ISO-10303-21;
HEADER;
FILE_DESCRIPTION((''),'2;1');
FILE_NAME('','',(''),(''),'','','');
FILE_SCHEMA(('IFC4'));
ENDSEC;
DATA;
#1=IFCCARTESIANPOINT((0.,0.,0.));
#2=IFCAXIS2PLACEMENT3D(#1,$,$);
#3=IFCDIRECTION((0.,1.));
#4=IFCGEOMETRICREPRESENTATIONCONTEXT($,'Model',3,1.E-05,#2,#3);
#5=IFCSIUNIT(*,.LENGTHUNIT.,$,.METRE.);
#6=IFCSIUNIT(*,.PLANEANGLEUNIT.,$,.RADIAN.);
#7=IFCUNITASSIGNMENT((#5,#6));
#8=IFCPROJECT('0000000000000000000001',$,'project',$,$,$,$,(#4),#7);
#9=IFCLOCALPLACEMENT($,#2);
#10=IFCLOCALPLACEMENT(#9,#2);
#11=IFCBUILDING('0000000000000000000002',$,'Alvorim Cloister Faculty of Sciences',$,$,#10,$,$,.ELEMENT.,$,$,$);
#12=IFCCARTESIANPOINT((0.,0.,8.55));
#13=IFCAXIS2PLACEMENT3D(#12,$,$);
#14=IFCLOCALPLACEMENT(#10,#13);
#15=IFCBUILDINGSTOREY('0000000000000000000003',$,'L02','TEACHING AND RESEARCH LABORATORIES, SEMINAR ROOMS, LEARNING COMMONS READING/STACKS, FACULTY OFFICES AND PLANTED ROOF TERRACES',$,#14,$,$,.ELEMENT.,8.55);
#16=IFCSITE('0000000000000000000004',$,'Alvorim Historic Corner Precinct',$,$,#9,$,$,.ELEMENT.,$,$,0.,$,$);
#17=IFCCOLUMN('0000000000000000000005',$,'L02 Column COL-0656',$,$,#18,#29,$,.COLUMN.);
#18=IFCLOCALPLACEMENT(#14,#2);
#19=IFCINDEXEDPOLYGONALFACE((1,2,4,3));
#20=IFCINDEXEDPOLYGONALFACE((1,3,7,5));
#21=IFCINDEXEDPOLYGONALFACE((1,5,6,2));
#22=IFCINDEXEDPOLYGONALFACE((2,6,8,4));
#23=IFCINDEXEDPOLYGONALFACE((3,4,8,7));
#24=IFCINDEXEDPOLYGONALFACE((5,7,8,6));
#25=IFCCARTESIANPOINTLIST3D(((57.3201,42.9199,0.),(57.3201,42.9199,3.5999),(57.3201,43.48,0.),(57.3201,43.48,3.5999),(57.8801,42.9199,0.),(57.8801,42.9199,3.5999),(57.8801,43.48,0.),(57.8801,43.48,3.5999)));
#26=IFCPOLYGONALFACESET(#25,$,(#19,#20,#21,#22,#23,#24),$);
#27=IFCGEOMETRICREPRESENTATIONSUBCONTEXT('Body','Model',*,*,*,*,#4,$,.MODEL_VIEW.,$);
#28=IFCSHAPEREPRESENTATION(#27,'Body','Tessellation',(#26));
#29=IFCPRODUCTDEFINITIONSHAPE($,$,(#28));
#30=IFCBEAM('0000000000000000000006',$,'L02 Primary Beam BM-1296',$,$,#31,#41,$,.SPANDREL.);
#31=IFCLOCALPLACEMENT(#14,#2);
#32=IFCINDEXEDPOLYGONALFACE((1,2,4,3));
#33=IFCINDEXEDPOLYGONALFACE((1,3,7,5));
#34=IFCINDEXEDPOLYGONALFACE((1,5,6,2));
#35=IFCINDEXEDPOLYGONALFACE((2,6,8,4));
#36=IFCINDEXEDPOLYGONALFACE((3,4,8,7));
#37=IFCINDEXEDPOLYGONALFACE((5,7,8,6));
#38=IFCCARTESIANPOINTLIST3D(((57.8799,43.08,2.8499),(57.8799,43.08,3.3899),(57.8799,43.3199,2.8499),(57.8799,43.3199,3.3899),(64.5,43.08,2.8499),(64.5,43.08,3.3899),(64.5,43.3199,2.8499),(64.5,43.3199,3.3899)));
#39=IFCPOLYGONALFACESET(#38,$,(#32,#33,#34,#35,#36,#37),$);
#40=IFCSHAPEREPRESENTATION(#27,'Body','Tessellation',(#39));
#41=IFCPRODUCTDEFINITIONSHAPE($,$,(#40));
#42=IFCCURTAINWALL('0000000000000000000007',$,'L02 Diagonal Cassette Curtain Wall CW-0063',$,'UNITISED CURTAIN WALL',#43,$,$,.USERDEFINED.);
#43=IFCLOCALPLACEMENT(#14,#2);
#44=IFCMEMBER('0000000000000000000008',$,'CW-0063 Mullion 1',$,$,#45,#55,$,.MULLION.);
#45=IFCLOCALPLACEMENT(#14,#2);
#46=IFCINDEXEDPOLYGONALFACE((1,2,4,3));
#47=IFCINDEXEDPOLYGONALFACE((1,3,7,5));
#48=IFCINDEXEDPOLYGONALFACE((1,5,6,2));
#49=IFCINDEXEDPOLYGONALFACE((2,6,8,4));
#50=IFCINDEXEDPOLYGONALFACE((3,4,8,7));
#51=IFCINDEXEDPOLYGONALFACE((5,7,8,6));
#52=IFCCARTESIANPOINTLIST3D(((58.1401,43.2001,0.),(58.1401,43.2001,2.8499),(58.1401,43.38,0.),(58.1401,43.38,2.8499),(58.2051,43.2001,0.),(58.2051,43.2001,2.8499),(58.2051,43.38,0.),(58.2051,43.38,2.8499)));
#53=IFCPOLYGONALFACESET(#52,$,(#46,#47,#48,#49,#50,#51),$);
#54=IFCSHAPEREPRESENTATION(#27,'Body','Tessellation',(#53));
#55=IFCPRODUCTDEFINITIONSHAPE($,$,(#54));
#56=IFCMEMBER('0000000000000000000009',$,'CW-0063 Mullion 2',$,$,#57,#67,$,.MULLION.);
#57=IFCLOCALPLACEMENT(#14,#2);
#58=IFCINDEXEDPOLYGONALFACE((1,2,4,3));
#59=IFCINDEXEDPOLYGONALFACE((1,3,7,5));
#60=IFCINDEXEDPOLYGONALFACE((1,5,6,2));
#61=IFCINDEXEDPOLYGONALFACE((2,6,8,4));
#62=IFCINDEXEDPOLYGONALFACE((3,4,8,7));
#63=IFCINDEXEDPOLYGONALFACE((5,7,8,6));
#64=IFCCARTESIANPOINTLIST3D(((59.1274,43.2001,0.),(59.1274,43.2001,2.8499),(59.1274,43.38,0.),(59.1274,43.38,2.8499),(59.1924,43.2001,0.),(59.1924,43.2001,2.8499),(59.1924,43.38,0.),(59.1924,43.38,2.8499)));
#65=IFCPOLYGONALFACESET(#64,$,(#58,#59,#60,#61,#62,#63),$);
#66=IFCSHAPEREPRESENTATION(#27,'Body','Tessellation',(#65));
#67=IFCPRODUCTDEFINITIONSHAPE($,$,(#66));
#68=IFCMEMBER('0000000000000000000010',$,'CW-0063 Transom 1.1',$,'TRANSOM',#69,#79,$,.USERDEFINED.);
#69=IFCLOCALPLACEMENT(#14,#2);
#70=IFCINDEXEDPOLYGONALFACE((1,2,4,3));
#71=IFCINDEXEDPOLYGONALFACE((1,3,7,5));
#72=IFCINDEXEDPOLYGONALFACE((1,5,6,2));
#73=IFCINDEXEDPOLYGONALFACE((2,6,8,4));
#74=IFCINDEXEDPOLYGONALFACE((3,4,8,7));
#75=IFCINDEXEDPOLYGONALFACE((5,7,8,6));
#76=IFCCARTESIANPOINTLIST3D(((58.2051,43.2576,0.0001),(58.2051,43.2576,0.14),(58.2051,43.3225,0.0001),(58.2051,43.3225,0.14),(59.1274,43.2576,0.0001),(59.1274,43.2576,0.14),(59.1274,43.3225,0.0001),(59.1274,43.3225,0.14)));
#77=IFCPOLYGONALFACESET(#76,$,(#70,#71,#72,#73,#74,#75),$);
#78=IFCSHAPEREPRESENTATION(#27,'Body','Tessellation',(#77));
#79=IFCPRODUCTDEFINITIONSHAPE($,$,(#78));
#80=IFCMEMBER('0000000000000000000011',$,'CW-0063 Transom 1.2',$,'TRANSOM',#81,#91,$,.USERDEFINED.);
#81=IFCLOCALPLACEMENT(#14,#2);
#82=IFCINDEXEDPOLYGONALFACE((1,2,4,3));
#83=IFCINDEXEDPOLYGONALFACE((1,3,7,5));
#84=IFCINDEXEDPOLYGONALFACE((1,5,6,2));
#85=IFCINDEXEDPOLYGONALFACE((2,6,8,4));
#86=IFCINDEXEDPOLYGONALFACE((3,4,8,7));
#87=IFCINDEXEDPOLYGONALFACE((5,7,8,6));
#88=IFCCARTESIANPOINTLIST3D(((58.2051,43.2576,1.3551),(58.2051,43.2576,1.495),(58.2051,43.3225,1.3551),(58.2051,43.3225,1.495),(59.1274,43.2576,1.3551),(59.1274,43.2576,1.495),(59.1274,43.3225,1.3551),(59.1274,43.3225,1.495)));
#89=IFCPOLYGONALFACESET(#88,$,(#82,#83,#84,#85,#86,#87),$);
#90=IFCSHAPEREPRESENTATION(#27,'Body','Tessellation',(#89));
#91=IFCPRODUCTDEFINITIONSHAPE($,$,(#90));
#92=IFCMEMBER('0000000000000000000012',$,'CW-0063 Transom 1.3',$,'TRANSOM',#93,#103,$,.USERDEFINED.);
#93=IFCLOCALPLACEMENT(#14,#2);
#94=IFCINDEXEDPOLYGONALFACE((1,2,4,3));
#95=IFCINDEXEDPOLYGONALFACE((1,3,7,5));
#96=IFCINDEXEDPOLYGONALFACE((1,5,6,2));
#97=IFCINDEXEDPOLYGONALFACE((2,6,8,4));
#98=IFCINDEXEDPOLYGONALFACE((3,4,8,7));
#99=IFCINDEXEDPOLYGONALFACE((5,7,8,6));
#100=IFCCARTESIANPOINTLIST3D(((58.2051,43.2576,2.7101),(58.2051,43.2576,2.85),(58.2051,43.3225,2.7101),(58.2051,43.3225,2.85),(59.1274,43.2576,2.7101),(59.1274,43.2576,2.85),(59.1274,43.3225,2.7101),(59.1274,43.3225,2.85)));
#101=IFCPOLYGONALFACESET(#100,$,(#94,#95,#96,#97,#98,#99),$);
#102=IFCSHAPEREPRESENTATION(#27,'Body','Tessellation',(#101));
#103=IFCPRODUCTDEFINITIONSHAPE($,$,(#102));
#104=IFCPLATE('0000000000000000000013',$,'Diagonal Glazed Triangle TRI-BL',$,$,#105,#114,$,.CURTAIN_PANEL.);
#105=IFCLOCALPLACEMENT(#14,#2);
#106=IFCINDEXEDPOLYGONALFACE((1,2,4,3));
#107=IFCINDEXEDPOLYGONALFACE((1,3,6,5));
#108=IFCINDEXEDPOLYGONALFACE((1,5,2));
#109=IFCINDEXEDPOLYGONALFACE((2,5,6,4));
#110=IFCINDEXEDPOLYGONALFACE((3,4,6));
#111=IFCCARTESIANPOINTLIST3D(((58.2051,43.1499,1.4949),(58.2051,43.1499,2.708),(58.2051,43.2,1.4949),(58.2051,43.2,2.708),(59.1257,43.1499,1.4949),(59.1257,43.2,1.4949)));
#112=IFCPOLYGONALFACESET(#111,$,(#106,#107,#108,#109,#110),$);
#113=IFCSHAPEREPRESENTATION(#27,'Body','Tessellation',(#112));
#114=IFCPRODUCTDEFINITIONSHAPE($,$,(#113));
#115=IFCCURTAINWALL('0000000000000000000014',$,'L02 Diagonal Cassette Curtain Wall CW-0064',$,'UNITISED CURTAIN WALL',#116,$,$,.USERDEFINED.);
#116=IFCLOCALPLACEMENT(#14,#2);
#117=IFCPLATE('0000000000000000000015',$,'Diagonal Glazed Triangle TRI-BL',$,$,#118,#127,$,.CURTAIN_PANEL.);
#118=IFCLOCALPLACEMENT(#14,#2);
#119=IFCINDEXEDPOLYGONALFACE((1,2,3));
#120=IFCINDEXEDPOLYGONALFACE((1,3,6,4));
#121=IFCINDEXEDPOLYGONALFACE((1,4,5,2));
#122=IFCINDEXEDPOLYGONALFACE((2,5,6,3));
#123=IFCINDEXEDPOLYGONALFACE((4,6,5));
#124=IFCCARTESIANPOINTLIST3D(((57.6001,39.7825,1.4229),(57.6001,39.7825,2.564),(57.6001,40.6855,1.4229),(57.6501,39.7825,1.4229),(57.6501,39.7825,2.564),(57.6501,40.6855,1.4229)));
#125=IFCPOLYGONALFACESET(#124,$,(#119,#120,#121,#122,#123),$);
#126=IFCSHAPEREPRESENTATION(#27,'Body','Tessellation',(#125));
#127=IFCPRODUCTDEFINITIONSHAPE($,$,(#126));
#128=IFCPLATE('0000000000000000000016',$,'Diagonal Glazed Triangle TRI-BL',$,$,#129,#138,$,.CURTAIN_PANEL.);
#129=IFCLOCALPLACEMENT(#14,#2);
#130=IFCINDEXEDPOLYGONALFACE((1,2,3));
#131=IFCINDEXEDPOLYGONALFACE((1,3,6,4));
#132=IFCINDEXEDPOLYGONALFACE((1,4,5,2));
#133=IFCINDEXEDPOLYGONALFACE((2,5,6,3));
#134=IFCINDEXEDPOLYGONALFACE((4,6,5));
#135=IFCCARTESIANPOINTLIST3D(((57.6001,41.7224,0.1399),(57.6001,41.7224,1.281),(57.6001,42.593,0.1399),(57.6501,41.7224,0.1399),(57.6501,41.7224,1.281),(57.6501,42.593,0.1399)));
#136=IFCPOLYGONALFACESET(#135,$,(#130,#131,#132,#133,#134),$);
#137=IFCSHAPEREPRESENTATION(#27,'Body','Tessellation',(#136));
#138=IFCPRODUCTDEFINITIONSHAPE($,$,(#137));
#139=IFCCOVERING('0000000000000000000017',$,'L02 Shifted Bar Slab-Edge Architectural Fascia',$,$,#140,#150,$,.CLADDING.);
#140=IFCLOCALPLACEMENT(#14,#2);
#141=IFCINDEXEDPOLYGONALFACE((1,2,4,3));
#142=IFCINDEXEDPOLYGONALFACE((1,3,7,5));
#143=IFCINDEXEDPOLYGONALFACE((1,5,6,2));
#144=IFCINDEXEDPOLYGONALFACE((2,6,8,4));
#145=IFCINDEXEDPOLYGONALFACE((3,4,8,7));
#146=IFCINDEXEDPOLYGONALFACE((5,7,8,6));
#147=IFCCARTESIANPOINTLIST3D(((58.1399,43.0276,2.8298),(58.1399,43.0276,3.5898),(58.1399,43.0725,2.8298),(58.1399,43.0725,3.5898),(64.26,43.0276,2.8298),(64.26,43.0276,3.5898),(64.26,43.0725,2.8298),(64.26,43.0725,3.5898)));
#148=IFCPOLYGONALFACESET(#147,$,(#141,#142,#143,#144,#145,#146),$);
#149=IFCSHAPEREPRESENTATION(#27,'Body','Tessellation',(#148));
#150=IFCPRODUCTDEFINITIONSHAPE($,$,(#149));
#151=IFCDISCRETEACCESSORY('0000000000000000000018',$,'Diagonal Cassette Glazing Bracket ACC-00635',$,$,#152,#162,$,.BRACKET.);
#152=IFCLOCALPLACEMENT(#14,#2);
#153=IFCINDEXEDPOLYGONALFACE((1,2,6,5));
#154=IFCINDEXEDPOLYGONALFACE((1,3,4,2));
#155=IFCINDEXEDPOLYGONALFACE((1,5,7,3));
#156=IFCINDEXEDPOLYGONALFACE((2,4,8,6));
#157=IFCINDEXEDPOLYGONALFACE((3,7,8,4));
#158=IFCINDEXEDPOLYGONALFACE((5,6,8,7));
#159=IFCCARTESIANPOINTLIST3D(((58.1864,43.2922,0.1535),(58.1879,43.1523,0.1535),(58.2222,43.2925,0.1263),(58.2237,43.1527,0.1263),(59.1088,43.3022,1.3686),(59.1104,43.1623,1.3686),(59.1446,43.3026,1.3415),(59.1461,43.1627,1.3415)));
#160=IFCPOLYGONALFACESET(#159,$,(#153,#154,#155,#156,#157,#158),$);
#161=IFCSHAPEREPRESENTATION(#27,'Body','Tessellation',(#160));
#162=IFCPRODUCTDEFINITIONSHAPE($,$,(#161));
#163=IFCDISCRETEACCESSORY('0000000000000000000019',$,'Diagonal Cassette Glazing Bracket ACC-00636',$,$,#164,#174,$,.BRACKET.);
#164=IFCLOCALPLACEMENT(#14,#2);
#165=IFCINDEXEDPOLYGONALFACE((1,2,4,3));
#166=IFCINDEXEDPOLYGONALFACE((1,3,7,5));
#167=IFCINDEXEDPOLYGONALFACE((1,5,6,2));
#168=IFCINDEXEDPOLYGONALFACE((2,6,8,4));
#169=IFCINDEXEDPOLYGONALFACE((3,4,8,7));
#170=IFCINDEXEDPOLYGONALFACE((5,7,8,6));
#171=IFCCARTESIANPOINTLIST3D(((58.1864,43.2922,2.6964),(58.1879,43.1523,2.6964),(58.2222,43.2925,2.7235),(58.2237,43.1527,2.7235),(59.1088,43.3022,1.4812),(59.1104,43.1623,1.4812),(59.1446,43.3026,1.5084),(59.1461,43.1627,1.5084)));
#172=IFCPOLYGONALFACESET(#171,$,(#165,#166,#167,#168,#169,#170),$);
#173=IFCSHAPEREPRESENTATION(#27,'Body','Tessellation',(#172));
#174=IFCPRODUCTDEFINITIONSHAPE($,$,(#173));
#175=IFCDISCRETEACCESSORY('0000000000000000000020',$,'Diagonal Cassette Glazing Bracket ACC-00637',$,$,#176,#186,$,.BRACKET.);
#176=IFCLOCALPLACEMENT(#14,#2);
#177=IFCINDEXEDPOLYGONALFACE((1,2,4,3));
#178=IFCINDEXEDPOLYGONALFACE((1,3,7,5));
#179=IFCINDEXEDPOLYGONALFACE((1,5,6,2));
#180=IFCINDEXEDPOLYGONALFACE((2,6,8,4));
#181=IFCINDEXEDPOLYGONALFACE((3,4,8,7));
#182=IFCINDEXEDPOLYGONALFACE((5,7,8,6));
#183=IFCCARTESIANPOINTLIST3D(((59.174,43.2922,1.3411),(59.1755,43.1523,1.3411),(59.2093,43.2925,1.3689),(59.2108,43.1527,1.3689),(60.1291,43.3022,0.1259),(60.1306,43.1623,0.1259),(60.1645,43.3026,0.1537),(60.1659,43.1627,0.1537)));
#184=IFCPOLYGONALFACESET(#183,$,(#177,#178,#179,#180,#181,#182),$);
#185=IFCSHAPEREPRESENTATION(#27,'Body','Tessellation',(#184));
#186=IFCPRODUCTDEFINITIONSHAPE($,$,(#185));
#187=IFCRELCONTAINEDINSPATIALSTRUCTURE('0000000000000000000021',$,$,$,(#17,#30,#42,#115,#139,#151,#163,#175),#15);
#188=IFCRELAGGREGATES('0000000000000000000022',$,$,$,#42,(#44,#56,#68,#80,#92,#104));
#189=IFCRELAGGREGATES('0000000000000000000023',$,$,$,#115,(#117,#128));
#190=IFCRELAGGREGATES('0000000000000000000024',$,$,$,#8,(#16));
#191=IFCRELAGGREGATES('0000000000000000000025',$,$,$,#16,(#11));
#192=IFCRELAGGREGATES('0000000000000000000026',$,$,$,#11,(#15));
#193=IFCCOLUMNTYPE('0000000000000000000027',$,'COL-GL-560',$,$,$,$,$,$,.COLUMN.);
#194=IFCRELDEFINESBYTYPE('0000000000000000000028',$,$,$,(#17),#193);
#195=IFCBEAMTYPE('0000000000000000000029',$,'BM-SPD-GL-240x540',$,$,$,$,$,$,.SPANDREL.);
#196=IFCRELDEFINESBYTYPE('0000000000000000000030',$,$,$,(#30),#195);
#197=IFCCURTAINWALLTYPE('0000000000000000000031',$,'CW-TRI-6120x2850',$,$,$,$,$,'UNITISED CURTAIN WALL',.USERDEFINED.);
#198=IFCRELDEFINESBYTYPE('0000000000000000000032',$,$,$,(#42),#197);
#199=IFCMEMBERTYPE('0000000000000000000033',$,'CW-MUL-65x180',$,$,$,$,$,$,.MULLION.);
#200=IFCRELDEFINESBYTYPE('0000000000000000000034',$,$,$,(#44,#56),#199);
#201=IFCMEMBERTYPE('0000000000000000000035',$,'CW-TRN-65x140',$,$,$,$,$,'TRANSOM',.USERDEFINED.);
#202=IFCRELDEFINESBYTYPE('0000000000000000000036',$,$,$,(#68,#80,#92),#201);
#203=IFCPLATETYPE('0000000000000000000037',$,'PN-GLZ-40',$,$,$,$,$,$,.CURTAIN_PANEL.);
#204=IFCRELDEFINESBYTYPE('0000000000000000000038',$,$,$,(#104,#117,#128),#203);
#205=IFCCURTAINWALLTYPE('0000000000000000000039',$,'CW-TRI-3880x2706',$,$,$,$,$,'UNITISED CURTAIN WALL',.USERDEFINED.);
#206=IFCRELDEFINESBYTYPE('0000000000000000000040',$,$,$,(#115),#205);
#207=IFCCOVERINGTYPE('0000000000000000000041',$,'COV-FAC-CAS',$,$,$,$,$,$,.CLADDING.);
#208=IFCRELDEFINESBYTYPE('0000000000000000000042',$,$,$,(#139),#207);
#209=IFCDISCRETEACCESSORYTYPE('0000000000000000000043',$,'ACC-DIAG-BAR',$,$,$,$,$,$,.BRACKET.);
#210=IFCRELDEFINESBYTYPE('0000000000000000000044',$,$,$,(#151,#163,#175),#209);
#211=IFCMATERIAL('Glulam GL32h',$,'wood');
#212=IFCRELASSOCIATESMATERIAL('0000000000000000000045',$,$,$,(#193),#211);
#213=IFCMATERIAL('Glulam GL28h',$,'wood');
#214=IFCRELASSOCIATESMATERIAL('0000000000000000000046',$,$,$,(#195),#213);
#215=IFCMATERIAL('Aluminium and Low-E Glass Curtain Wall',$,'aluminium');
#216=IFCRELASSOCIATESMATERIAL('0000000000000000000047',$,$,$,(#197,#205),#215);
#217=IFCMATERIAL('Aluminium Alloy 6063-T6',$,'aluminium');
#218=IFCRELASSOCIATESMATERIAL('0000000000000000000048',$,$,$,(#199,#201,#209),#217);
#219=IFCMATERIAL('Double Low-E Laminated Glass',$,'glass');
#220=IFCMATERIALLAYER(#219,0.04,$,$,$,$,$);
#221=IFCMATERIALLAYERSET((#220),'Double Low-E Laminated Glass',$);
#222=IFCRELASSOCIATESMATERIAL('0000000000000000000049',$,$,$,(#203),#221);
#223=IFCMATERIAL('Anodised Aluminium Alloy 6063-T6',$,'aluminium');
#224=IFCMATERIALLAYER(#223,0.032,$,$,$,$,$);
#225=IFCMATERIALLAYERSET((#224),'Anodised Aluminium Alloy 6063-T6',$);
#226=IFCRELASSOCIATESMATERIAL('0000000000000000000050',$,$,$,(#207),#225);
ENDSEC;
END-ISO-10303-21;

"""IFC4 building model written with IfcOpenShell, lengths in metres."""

from ifc_helpers import new_model, si_unit, direction, frame, origin, origin_2d, place, context, subcontext, project, spatial, polyline, rectangle, outline, extrude, material, layer, layer_set, material_profile, profile_set, type_object, element, aggregate, save


model = new_model("IFC4")

# Units and contexts
model_context = context("Model", 3, precision=1e-05, world=origin(), true_north=direction((0.0, 1.0)))
body_context = subcontext(model_context, "Body", "Model", "MODEL_VIEW")
ifc_project = project(units=[si_unit("LENGTHUNIT", "METRE"), si_unit("PLANEANGLEUNIT", "RADIAN")], contexts=[model_context])

# Site, building, storey
site_placement = place(None, origin())
site = spatial("IfcSite", under=ifc_project, at=site_placement, Name="Alvorim Historic Corner Precinct", CompositionType="ELEMENT", RefElevation=0.0)
building_placement = place(site_placement, origin())
building = spatial("IfcBuilding", under=site, at=building_placement, Name="Alvorim Cloister Faculty of Sciences", CompositionType="ELEMENT")
storey_placement = place(building_placement, frame((0.0, 0.0, 8.55)))
storey = spatial("IfcBuildingStorey", under=building, at=storey_placement, Name="L02", Description="TEACHING AND RESEARCH LABORATORIES, SEMINAR ROOMS, LEARNING COMMONS READING/STACKS, FACULTY OFFICES AND PLANTED ROOF TERRACES", CompositionType="ELEMENT", Elevation=8.55)

# Column
ifc_material_1 = material(Name="Glulam GL32h", Category="wood")
ifc_material_profile_1 = material_profile(ifc_material_1, rectangle(XDim=0.5601, YDim=0.5601, at=origin_2d()), Name="GL32-COL-560x560")
ifc_profile_set_1 = profile_set([ifc_material_profile_1], Name="Glulam GL32h")
column_type = type_object("IfcColumnType", Name="COL-GL-560", PredefinedType="COLUMN", material=ifc_profile_set_1)
column_placement = place(storey_placement, frame((57.6001, 43.2, 0.0), z_axis=(0.0, 0.0, 1.0), x_axis=(1.0, 0.0, 0.0)))
element("IfcColumn", 1, at=column_placement, inside=storey, type_object=column_type, Name="L02 Column COL-0656", PredefinedType="COLUMN", context=body_context, shape_type="SweptSolid", body=[
    extrude(rectangle(XDim=0.5601, YDim=0.5601, at=origin_2d()), origin(), (0.0, 0.0, 1.0), 3.5999),
])

# Beam
ifc_material_2 = material(Name="Glulam GL28h", Category="wood")
ifc_material_profile_2 = material_profile(ifc_material_2, rectangle(XDim=0.24, YDim=0.54, at=origin_2d()), Name="GL28-SPD-240x540")
ifc_profile_set_2 = profile_set([ifc_material_profile_2], Name="Glulam GL28h")
beam_type = type_object("IfcBeamType", Name="BM-SPD-GL-240x540", PredefinedType="SPANDREL", material=ifc_profile_set_2)
beam_placement = place(storey_placement, frame((57.8799, 43.2, 3.1199), z_axis=(1.0, 0.0, 0.0), x_axis=(0.0, 1.0, 0.0)))
element("IfcBeam", 2, at=beam_placement, inside=storey, type_object=beam_type, Name="L02 Primary Beam BM-1296", PredefinedType="SPANDREL", context=body_context, shape_type="SweptSolid", body=[
    extrude(rectangle(XDim=0.24, YDim=0.54, at=origin_2d()), origin(), (0.0, 0.0, 1.0), 6.6201),
])

# Curtain wall, members, plate
ifc_material_3 = material(Name="Aluminium and Low-E Glass Curtain Wall", Category="aluminium")
curtain_wall_type_1 = type_object("IfcCurtainWallType", Name="CW-TRI-6120x2850", ElementType="UNITISED CURTAIN WALL", PredefinedType="USERDEFINED", material=ifc_material_3)
curtain_wall_1_placement = place(storey_placement, origin())
curtain_wall_1 = element("IfcCurtainWall", 3, at=curtain_wall_1_placement, inside=storey, type_object=curtain_wall_type_1, Name="L02 Diagonal Cassette Curtain Wall CW-0063", ObjectType="UNITISED CURTAIN WALL", PredefinedType="USERDEFINED")
ifc_material_4 = material(Name="Aluminium Alloy 6063-T6", Category="aluminium")
ifc_material_profile_3 = material_profile(ifc_material_4, rectangle(XDim=0.0649, YDim=0.1799, at=origin_2d()), Name="ALU-MUL-65x180")
ifc_profile_set_3 = profile_set([ifc_material_profile_3], Name="Aluminium Alloy 6063-T6")
member_type_1 = type_object("IfcMemberType", Name="CW-MUL-65x180", PredefinedType="MULLION", material=ifc_profile_set_3)
member_1_placement = place(storey_placement, frame((58.1726, 43.29, 0.0), z_axis=(0.0, 0.0, 1.0), x_axis=(1.0, 0.0, 0.0)))
member_1 = element("IfcMember", 4, at=member_1_placement, type_object=member_type_1, Name="CW-0063 Mullion 1", PredefinedType="MULLION", context=body_context, shape_type="SweptSolid", body=[
    extrude(rectangle(XDim=0.0649, YDim=0.1799, at=origin_2d()), origin(), (0.0, 0.0, 1.0), 2.8499),
])
member_2_placement = place(storey_placement, frame((59.1599, 43.29, 0.0), z_axis=(0.0, 0.0, 1.0), x_axis=(1.0, 0.0, 0.0)))
member_2 = element("IfcMember", 5, at=member_2_placement, type_object=member_type_1, Name="CW-0063 Mullion 2", PredefinedType="MULLION", context=body_context, shape_type="SweptSolid", body=[
    extrude(rectangle(XDim=0.0649, YDim=0.1799, at=origin_2d()), origin(), (0.0, 0.0, 1.0), 2.8499),
])
ifc_material_profile_4 = material_profile(ifc_material_4, rectangle(XDim=0.0649, YDim=0.1399, at=origin_2d()), Name="ALU-TRN-65x140")
ifc_profile_set_4 = profile_set([ifc_material_profile_4], Name="Aluminium Alloy 6063-T6")
member_type_2 = type_object("IfcMemberType", Name="CW-TRN-65x140", ElementType="TRANSOM", PredefinedType="USERDEFINED", material=ifc_profile_set_4)
member_3_placement = place(storey_placement, frame((58.2051, 43.29, 0.0701), z_axis=(1.0, 0.0, 0.0), x_axis=(0.0, 1.0, 0.0)))
member_3 = element("IfcMember", 6, at=member_3_placement, type_object=member_type_2, Name="CW-0063 Transom 1.1", ObjectType="TRANSOM", PredefinedType="USERDEFINED", context=body_context, shape_type="SweptSolid", body=[
    extrude(rectangle(XDim=0.0649, YDim=0.1399, at=origin_2d()), origin(), (0.0, 0.0, 1.0), 0.9224),
])
member_4_placement = place(storey_placement, frame((58.2051, 43.29, 1.425), z_axis=(1.0, 0.0, 0.0), x_axis=(0.0, 1.0, 0.0)))
member_4 = element("IfcMember", 7, at=member_4_placement, type_object=member_type_2, Name="CW-0063 Transom 1.2", ObjectType="TRANSOM", PredefinedType="USERDEFINED", context=body_context, shape_type="SweptSolid", body=[
    extrude(rectangle(XDim=0.0649, YDim=0.1399, at=origin_2d()), origin(), (0.0, 0.0, 1.0), 0.9224),
])
member_5_placement = place(storey_placement, frame((58.2051, 43.29, 2.78), z_axis=(1.0, 0.0, 0.0), x_axis=(0.0, 1.0, 0.0)))
member_5 = element("IfcMember", 8, at=member_5_placement, type_object=member_type_2, Name="CW-0063 Transom 1.3", ObjectType="TRANSOM", PredefinedType="USERDEFINED", context=body_context, shape_type="SweptSolid", body=[
    extrude(rectangle(XDim=0.0649, YDim=0.1399, at=origin_2d()), origin(), (0.0, 0.0, 1.0), 0.9224),
])
ifc_material_5 = material(Name="Double Low-E Laminated Glass", Category="glass")
ifc_layer_1 = layer(ifc_material_5, 0.04)
ifc_layer_set_1 = layer_set([ifc_layer_1], Name="Double Low-E Laminated Glass")
plate_type = type_object("IfcPlateType", Name="PN-GLZ-40", PredefinedType="CURTAIN_PANEL", material=ifc_layer_set_1)
plate_1_placement = place(storey_placement, frame((58.2051, 43.175, 1.4949), z_axis=(0.0, 0.0, 1.0), x_axis=(1.0, 0.0, 0.0)))
plate_1 = element("IfcPlate", 9, at=plate_1_placement, type_object=plate_type, Name="Diagonal Glazed Triangle TRI-BL", PredefinedType="CURTAIN_PANEL", context=body_context, shape_type="SweptSolid", body=[
    extrude(outline(polyline([(0.0, 0.0), (0.9207, 0.0), (0.0, 1.2131), (0.0, 0.0)])), frame((0.0, 0.0249, 0.0), z_axis=(0.0, -1.0, 0.0), x_axis=(1.0, 0.0, 0.0)), (0.0, 0.0, 1.0), 0.05),
])
aggregate(curtain_wall_1, [member_1, member_2, member_3, member_4, member_5, plate_1])

# Curtain wall, plates
curtain_wall_type_2 = type_object("IfcCurtainWallType", Name="CW-TRI-3880x2706", ElementType="UNITISED CURTAIN WALL", PredefinedType="USERDEFINED", material=ifc_material_3)
curtain_wall_2_placement = place(storey_placement, origin())
curtain_wall_2 = element("IfcCurtainWall", 10, at=curtain_wall_2_placement, inside=storey, type_object=curtain_wall_type_2, Name="L02 Diagonal Cassette Curtain Wall CW-0064", ObjectType="UNITISED CURTAIN WALL", PredefinedType="USERDEFINED")
plate_2_placement = place(storey_placement, frame((57.625, 39.7825, 1.4229), z_axis=(0.0, 0.0, 1.0), x_axis=(0.0, 1.0, 0.0)))
plate_2 = element("IfcPlate", 11, at=plate_2_placement, type_object=plate_type, Name="Diagonal Glazed Triangle TRI-BL", PredefinedType="CURTAIN_PANEL", context=body_context, shape_type="SweptSolid", body=[
    extrude(outline(polyline([(0.0, 0.0), (0.9031, 0.0), (0.0, 1.1411), (0.0, 0.0)])), frame((0.0, 0.0249, 0.0), z_axis=(0.0, -1.0, 0.0), x_axis=(1.0, 0.0, 0.0)), (0.0, 0.0, 1.0), 0.05),
])
plate_3_placement = place(storey_placement, frame((57.625, 41.7224, 0.1399), z_axis=(0.0, 0.0, 1.0), x_axis=(0.0, 1.0, 0.0)))
plate_3 = element("IfcPlate", 12, at=plate_3_placement, type_object=plate_type, Name="Diagonal Glazed Triangle TRI-BL", PredefinedType="CURTAIN_PANEL", context=body_context, shape_type="SweptSolid", body=[
    extrude(outline(polyline([(0.0, 0.0), (0.8706, 0.0), (0.0, 1.1411), (0.0, 0.0)])), frame((0.0, 0.0249, 0.0), z_axis=(0.0, -1.0, 0.0), x_axis=(1.0, 0.0, 0.0)), (0.0, 0.0, 1.0), 0.05),
])
aggregate(curtain_wall_2, [plate_2, plate_3])

# Covering
ifc_material_6 = material(Name="Anodised Aluminium Alloy 6063-T6", Category="aluminium")
ifc_layer_2 = layer(ifc_material_6, 0.032)
ifc_layer_set_2 = layer_set([ifc_layer_2], Name="Anodised Aluminium Alloy 6063-T6")
covering_type = type_object("IfcCoveringType", Name="COV-FAC-CAS", PredefinedType="CLADDING", material=ifc_layer_set_2)
covering_placement = place(storey_placement, frame((58.1399, 43.05, 2.8298), z_axis=(0.0, 0.0, 1.0), x_axis=(1.0, 0.0, 0.0)))
element("IfcCovering", 13, at=covering_placement, inside=storey, type_object=covering_type, Name="L02 Shifted Bar Slab-Edge Architectural Fascia", PredefinedType="CLADDING", context=body_context, shape_type="SweptSolid", body=[
    extrude(outline(polyline([(0.0, 0.0), (6.1201, 0.0), (6.1201, 0.76), (0.0, 0.76), (0.0, 0.0)])), frame((0.0, 0.0225, 0.0), z_axis=(0.0, -1.0, 0.0), x_axis=(1.0, 0.0, 0.0)), (0.0, 0.0, 1.0), 0.0449),
])

# Discrete accessories
discrete_accessory_type = type_object("IfcDiscreteAccessoryType", Name="ACC-DIAG-BAR", PredefinedType="BRACKET", material=ifc_material_4)
for number, where, z_axis, x_axis, name in (
    (14, (58.2051, 43.2224, 0.1399), (0.604612, 0.006561, 0.796493), (-0.010852, 0.999941, 0.0), "Diagonal Cassette Glazing Bracket ACC-00635"),
    (15, (58.2051, 43.2224, 2.71), (0.604612, 0.006561, -0.796493), (-0.010852, 0.999941, 0.0), "Diagonal Cassette Glazing Bracket ACC-00636"),
):
    element("IfcDiscreteAccessory", number, at=place(storey_placement, frame(where, z_axis=z_axis, x_axis=x_axis)), inside=storey, type_object=discrete_accessory_type, Name=name, PredefinedType="BRACKET", context=body_context, shape_type="SweptSolid", body=[
        extrude(rectangle(XDim=0.1399, YDim=0.0449, at=origin_2d()), origin(), (0.0, 0.0, 1.0), 1.5256),
    ])
for number, where, z_axis, x_axis, name in (
    (16, (59.1924, 43.2224, 1.355), (0.617955, 0.006477, -0.786187), (-0.01048, 0.999945, 0.0), "Diagonal Cassette Glazing Bracket ACC-00637"),
):
    element("IfcDiscreteAccessory", number, at=place(storey_placement, frame(where, z_axis=z_axis, x_axis=x_axis)), inside=storey, type_object=discrete_accessory_type, Name=name, PredefinedType="BRACKET", context=body_context, shape_type="SweptSolid", body=[
        extrude(rectangle(XDim=0.1399, YDim=0.0449, at=origin_2d()), origin(), (0.0, 0.0, 1.0), 1.5457),
    ])

save(model, "model.ifc")
